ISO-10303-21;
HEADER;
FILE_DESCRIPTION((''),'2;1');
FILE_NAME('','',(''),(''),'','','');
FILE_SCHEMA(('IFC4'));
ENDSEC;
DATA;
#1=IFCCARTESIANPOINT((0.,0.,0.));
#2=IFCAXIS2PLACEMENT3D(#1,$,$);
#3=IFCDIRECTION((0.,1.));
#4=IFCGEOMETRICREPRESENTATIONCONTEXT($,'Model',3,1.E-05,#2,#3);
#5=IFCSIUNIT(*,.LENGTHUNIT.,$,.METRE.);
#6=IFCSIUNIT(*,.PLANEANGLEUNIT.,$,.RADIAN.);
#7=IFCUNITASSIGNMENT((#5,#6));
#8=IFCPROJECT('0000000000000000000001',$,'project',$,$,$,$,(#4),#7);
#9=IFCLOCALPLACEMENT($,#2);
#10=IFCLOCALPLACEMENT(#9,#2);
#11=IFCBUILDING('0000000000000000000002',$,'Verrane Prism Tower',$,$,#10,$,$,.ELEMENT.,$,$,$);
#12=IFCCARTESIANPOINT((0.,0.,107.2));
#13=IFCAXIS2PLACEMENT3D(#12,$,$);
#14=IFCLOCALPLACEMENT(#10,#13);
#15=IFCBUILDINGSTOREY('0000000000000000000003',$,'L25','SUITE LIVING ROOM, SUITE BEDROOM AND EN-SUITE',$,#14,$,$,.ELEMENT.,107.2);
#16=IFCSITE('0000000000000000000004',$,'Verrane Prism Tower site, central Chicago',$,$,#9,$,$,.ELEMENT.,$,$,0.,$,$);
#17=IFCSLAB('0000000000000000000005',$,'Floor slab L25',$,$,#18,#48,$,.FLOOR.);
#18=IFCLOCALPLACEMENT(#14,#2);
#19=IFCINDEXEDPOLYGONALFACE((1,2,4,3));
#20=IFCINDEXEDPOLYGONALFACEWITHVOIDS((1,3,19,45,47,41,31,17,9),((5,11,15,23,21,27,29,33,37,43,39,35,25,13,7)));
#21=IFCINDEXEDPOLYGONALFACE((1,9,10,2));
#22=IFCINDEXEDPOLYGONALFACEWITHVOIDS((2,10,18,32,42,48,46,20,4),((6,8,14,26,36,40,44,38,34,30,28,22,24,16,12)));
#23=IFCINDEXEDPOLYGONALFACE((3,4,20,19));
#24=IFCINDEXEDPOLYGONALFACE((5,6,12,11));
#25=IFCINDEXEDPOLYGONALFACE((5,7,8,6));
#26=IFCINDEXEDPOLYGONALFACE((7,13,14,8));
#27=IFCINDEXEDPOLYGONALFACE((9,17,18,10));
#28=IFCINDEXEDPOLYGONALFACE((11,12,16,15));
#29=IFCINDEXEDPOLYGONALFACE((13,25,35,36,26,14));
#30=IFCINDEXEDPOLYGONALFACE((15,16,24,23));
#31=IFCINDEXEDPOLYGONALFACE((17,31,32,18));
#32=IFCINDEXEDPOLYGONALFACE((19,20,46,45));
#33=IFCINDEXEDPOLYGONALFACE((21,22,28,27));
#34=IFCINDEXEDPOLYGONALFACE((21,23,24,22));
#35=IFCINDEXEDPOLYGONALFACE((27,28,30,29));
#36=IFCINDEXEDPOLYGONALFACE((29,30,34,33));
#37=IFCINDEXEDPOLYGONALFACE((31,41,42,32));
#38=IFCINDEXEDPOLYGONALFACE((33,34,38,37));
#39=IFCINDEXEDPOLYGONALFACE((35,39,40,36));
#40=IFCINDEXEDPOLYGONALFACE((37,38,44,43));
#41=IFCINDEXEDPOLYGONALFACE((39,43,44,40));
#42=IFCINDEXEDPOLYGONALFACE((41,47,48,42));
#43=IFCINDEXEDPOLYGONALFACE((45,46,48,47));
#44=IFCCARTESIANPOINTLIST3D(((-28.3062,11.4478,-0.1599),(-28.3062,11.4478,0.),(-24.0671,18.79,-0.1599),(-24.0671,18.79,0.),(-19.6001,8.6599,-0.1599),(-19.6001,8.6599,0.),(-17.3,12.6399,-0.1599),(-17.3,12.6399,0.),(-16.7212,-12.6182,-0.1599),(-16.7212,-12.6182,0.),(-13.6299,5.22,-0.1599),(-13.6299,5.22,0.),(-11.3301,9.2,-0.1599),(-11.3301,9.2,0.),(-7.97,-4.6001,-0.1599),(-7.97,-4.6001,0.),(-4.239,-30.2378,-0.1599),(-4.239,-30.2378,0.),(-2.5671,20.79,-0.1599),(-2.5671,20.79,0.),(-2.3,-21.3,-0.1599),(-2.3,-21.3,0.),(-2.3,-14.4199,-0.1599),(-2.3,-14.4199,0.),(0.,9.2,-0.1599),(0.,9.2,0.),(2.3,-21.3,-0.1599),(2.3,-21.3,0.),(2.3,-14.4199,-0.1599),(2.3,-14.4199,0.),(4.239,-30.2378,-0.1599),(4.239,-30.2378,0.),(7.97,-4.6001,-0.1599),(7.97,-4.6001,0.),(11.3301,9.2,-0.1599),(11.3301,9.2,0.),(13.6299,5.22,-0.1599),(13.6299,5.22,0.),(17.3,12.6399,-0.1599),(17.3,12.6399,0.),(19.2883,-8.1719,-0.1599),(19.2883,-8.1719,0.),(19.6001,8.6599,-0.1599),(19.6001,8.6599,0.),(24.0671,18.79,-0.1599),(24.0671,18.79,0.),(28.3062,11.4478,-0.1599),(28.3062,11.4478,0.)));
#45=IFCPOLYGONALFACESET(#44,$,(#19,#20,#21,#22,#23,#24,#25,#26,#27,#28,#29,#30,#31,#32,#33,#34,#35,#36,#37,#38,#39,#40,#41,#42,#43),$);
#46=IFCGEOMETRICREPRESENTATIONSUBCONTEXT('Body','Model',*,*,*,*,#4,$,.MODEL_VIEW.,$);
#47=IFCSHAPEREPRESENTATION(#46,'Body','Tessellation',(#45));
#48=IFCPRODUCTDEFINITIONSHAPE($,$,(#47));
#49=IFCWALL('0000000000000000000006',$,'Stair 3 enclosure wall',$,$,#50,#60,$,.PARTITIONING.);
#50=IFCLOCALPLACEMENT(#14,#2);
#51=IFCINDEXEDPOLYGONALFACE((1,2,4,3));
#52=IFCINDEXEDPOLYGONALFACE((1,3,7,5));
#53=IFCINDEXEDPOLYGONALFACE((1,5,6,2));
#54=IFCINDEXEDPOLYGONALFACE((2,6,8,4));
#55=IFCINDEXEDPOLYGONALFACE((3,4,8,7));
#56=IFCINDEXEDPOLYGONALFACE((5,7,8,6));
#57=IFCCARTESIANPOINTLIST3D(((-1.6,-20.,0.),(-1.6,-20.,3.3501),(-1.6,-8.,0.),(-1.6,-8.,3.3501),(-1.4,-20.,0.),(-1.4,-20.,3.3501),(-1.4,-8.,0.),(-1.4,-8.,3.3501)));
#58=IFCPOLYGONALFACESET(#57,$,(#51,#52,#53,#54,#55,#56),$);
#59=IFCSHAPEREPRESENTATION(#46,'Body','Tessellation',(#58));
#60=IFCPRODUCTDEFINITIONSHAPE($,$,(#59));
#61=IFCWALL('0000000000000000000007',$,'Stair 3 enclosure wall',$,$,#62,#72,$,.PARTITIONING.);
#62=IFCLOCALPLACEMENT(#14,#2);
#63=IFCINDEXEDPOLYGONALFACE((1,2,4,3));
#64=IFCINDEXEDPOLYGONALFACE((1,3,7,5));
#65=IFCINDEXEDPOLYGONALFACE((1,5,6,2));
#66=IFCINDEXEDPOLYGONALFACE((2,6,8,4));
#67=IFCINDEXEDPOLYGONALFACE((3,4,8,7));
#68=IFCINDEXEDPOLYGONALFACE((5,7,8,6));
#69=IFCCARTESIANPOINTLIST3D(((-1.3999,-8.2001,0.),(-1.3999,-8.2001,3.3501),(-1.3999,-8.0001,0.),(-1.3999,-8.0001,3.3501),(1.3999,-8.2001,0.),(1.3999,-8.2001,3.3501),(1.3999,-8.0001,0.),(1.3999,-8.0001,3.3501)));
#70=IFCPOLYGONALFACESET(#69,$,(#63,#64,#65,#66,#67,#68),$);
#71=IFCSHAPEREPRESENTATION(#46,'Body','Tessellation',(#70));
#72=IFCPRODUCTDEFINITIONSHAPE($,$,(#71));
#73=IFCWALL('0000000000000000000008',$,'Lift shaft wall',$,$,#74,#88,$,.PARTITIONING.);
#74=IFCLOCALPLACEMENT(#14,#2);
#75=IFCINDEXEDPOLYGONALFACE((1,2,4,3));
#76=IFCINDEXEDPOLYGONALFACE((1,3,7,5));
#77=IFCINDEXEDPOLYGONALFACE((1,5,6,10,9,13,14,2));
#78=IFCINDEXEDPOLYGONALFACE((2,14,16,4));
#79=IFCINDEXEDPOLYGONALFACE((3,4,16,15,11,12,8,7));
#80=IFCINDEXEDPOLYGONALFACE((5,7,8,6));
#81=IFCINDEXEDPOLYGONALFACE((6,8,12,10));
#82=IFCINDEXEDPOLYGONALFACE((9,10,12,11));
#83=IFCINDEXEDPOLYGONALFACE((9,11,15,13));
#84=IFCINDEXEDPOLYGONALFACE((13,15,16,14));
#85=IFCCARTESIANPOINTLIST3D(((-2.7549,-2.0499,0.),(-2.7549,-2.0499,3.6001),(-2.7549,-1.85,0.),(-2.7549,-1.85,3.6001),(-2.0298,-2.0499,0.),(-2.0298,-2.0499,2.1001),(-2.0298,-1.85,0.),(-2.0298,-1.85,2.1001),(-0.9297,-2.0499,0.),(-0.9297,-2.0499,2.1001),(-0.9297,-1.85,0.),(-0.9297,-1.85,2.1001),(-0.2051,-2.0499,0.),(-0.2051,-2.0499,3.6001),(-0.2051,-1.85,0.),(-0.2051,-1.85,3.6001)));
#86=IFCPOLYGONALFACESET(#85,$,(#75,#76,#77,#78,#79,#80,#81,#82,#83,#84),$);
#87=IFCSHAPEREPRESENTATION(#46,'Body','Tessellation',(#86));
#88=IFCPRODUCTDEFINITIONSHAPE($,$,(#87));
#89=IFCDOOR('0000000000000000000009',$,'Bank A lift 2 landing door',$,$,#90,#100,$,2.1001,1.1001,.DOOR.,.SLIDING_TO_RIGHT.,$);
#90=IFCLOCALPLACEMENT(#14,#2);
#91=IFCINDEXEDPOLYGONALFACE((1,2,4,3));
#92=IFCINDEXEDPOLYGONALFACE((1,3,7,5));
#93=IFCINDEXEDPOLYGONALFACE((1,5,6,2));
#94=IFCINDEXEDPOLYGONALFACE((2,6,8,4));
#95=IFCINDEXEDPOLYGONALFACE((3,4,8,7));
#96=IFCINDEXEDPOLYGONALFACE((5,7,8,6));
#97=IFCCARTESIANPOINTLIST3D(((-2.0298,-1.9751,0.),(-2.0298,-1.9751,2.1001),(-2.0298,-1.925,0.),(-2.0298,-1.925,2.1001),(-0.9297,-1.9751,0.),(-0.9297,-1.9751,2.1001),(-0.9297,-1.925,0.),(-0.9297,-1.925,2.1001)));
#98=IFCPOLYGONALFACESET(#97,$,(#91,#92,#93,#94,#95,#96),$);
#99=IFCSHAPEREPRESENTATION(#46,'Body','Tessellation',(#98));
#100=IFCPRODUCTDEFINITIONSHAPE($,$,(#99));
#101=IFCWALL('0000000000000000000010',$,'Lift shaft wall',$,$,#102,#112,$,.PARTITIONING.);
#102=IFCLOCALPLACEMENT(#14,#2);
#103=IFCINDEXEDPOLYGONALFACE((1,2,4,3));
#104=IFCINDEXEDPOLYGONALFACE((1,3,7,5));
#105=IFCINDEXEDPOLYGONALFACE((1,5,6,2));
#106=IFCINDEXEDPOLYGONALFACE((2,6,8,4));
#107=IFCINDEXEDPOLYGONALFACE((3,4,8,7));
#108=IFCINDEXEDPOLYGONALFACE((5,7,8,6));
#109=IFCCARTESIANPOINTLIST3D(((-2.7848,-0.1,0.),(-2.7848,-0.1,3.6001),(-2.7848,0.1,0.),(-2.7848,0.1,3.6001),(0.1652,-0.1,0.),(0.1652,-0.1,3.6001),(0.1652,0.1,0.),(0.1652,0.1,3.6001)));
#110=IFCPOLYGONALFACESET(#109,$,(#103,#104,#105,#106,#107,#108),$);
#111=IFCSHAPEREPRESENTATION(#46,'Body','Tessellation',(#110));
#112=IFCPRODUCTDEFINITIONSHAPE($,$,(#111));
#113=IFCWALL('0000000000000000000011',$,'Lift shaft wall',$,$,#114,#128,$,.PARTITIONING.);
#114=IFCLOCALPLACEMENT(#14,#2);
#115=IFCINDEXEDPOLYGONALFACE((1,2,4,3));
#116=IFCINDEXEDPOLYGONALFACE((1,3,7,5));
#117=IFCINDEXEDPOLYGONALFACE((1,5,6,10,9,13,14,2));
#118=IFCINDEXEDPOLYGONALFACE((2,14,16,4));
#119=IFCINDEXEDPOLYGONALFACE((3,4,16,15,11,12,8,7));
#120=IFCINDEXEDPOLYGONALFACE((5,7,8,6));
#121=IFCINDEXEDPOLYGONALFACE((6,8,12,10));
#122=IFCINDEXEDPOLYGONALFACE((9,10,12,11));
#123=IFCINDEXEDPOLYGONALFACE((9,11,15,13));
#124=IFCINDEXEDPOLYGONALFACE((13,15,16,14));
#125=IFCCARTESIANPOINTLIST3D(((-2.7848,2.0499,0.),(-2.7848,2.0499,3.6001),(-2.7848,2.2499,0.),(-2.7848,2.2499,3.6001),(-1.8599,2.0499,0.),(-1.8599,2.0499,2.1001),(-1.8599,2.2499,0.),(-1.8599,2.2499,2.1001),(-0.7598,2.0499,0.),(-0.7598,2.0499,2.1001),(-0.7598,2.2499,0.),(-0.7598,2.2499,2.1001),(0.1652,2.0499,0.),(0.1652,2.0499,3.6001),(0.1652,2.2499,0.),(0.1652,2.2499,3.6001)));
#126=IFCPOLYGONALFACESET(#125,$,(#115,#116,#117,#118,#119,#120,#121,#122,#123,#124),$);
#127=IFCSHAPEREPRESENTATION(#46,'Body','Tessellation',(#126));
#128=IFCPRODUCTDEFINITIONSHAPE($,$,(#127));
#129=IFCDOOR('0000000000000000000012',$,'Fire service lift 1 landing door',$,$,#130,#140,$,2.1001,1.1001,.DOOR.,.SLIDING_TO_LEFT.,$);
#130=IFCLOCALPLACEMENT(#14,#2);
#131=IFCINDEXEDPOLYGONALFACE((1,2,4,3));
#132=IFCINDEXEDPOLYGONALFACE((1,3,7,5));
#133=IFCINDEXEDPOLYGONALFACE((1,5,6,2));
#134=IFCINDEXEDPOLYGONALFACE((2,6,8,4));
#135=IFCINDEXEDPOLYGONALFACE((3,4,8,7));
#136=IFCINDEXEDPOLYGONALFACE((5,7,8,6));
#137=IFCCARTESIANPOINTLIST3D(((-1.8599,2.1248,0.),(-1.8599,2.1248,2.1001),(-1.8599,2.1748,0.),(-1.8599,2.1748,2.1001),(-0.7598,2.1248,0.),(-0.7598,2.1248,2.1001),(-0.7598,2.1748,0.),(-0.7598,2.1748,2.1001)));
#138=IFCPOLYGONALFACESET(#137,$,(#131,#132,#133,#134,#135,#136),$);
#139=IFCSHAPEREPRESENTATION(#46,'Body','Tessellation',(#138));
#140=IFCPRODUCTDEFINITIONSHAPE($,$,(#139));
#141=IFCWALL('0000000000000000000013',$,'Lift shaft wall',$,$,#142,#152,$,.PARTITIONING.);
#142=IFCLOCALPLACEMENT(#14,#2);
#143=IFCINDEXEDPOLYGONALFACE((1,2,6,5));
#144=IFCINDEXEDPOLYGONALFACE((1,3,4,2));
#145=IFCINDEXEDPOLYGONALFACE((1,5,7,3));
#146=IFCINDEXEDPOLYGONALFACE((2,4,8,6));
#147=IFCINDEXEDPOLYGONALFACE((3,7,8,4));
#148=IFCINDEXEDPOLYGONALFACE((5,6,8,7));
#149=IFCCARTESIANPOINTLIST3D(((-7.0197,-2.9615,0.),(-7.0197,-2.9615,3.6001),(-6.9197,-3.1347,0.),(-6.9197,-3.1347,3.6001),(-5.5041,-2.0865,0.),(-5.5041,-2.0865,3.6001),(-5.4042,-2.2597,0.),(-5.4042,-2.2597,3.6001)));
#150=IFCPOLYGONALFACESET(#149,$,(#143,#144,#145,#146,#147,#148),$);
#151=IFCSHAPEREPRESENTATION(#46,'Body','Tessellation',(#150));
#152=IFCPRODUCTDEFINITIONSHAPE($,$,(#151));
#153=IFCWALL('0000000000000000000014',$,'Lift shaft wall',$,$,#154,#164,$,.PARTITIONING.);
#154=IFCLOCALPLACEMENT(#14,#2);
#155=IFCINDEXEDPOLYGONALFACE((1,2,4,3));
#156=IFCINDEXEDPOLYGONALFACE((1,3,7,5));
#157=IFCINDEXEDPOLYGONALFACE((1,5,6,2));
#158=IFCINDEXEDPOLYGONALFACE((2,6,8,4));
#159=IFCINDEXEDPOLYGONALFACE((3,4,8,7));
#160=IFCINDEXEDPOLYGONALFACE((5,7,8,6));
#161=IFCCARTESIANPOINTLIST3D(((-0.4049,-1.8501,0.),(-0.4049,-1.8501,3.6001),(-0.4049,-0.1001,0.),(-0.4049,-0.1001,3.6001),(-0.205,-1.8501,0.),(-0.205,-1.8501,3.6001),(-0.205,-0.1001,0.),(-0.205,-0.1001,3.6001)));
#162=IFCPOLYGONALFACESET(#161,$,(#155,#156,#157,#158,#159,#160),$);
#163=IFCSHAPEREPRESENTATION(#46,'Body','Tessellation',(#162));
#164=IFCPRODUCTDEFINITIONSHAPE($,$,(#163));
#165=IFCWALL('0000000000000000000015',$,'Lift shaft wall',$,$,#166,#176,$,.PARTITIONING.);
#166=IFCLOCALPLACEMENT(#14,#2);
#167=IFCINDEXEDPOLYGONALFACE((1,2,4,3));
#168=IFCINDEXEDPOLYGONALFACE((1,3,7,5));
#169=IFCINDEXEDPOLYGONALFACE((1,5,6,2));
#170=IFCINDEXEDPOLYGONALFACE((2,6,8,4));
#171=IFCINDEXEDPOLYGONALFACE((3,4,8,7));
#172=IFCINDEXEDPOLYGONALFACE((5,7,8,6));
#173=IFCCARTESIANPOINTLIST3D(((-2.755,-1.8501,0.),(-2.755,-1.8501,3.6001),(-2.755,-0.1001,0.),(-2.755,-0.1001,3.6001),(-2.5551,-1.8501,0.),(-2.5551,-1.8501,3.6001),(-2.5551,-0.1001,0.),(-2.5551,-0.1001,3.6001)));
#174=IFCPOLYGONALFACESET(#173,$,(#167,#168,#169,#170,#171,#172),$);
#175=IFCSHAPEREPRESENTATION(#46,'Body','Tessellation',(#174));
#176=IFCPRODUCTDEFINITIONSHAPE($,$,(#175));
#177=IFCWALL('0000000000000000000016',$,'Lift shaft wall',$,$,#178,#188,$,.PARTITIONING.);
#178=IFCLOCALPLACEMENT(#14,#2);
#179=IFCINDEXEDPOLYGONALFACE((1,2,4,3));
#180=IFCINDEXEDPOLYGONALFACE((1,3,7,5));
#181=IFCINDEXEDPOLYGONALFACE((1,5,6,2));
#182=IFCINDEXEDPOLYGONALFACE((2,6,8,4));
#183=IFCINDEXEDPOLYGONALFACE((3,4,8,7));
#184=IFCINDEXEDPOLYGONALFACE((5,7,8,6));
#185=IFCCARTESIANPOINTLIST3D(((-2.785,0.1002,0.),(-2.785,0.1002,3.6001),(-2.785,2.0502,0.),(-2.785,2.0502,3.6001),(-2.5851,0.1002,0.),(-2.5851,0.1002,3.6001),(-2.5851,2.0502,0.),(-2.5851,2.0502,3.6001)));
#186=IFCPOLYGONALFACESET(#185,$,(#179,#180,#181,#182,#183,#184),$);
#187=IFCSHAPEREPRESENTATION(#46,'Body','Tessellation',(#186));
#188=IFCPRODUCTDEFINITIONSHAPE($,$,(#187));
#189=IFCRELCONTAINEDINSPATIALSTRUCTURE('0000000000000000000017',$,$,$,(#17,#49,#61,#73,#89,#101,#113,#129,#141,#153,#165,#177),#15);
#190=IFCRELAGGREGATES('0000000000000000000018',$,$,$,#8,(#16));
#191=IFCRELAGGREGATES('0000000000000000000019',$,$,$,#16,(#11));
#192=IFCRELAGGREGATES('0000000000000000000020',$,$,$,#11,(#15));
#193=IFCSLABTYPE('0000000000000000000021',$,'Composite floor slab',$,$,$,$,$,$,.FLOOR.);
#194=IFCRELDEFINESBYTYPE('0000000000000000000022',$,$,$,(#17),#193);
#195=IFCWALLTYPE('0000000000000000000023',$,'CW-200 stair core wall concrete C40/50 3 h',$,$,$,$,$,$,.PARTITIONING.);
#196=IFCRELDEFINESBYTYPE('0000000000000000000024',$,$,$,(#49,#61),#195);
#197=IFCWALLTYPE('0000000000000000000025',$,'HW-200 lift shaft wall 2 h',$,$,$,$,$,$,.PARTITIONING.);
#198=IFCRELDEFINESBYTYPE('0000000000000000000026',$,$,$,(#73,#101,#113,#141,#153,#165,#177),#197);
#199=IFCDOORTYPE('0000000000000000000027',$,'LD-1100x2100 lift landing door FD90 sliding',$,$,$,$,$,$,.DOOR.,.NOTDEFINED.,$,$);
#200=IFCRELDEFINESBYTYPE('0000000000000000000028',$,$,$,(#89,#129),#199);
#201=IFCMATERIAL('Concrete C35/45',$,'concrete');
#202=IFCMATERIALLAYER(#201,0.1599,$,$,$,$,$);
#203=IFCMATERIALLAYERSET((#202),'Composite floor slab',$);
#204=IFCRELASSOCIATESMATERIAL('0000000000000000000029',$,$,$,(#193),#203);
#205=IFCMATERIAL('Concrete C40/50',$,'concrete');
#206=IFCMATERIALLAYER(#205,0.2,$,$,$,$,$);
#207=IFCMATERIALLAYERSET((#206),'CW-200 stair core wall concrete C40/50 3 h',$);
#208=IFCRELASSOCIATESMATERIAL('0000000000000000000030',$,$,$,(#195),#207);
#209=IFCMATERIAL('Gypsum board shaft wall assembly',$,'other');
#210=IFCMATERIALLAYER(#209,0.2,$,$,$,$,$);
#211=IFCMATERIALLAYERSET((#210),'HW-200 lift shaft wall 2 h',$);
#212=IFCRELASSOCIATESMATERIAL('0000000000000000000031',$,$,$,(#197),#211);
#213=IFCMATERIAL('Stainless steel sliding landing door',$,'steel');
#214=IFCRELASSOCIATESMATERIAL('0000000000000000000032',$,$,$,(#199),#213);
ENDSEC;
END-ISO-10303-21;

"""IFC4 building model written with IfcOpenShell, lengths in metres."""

from ifc_helpers import new_model, si_unit, direction, frame, frame_2d, origin, place, context, subcontext, project, spatial, polyline, rectangle, outline, extrude, material, layer, layer_set, type_object, element, fill, save


model = new_model("IFC4")

# Units and contexts
model_context = context("Model", 3, precision=1e-05, world=origin(), true_north=direction((0.0, 1.0)))
body_context = subcontext(model_context, "Body", "Model", "MODEL_VIEW")
ifc_project = project(units=[si_unit("LENGTHUNIT", "METRE"), si_unit("PLANEANGLEUNIT", "RADIAN")], contexts=[model_context])

# Site, building, storey
site_placement = place(None, origin())
site = spatial("IfcSite", under=ifc_project, at=site_placement, Name="Verrane Prism Tower site, central Chicago", CompositionType="ELEMENT", RefElevation=0.0)
building_placement = place(site_placement, origin())
building = spatial("IfcBuilding", under=site, at=building_placement, Name="Verrane Prism Tower", CompositionType="ELEMENT")
storey_placement = place(building_placement, frame((0.0, 0.0, 107.2)))
storey = spatial("IfcBuildingStorey", under=building, at=storey_placement, Name="L25", Description="SUITE LIVING ROOM, SUITE BEDROOM AND EN-SUITE", CompositionType="ELEMENT", Elevation=107.2)

# Slab
ifc_material_1 = material(Name="Concrete C35/45", Category="concrete")
ifc_layer_1 = layer(ifc_material_1, 0.1599)
ifc_layer_set_1 = layer_set([ifc_layer_1], Name="Composite floor slab")
slab_type = type_object("IfcSlabType", Name="Composite floor slab", PredefinedType="FLOOR", material=ifc_layer_set_1)
slab_placement = place(storey_placement, frame((0.0, 0.0, -0.1599)))
element("IfcSlab", 1, at=slab_placement, inside=storey, type_object=slab_type, Name="Floor slab L25", PredefinedType="FLOOR", context=body_context, shape_type="SweptSolid", body=[
    extrude(outline(polyline([(19.2883, -8.1719), (4.239, -30.2378), (-4.239, -30.2378), (-16.7212, -12.6182), (-28.3062, 11.4478), (-24.0671, 18.79), (-2.5671, 20.79), (24.0671, 18.79), (28.3062, 11.4478), (19.2883, -8.1719)]), holes=[polyline([(19.6001, 8.6599), (17.3, 12.6399), (11.3301, 9.2), (0.0, 9.2), (-11.3301, 9.2), (-17.3, 12.6399), (-19.6001, 8.6599), (-13.6299, 5.22), (-7.97, -4.6001), (-2.3, -14.4199), (-2.3, -21.3), (2.3, -21.3), (2.3, -14.4199), (7.97, -4.6001), (13.6299, 5.22), (19.6001, 8.6599)])]), origin(), (0.0, 0.0, 1.0), 0.1599),
])

# Walls
ifc_material_2 = material(Name="Concrete C40/50", Category="concrete")
ifc_layer_2 = layer(ifc_material_2, 0.2)
ifc_layer_set_2 = layer_set([ifc_layer_2], Name="CW-200 stair core wall concrete C40/50 3 h")
wall_type_1 = type_object("IfcWallType", Name="CW-200 stair core wall concrete C40/50 3 h", PredefinedType="PARTITIONING", material=ifc_layer_set_2)
wall_1_placement = place(storey_placement, frame((-1.5, -8.0, 0.0), z_axis=(0.0, 0.0, 1.0), x_axis=(0.0, -1.0, 0.0)))
element("IfcWall", 2, at=wall_1_placement, inside=storey, type_object=wall_type_1, Name="Stair 3 enclosure wall", PredefinedType="PARTITIONING", context=body_context, shape_type="SweptSolid", body=[
    extrude(rectangle(XDim=12.0, YDim=0.2, at=frame_2d((6.0, 0.0))), origin(), (0.0, 0.0, 1.0), 3.3501),
])
wall_2_placement = place(storey_placement, frame((-1.3999, -8.1001, 0.0), z_axis=(0.0, 0.0, 1.0), x_axis=(1.0, 0.0, 0.0)))
element("IfcWall", 3, at=wall_2_placement, inside=storey, type_object=wall_type_1, Name="Stair 3 enclosure wall", PredefinedType="PARTITIONING", context=body_context, shape_type="SweptSolid", body=[
    extrude(rectangle(XDim=2.7998, YDim=0.2, at=frame_2d((1.3999, 0.0))), origin(), (0.0, 0.0, 1.0), 3.3501),
])

# Wall, opening, door
ifc_material_3 = material(Name="Gypsum board shaft wall assembly", Category="other")
ifc_layer_3 = layer(ifc_material_3, 0.2)
ifc_layer_set_3 = layer_set([ifc_layer_3], Name="HW-200 lift shaft wall 2 h")
wall_type_2 = type_object("IfcWallType", Name="HW-200 lift shaft wall 2 h", PredefinedType="PARTITIONING", material=ifc_layer_set_3)
wall_3_placement = place(storey_placement, frame((-2.7549, -1.95, 0.0), z_axis=(0.0, 0.0, 1.0), x_axis=(1.0, 0.0, 0.0)))
wall_3 = element("IfcWall", 4, at=wall_3_placement, inside=storey, type_object=wall_type_2, Name="Lift shaft wall", PredefinedType="PARTITIONING", context=body_context, shape_type="SweptSolid", body=[
    extrude(rectangle(XDim=2.5498, YDim=0.2, at=frame_2d((1.2749, 0.0))), origin(), (0.0, 0.0, 1.0), 3.6001),
])
opening_1_placement = place(wall_3_placement, frame((0.7251, 0.0, 0.0)))
opening_1 = element("IfcOpeningElement", 5, at=opening_1_placement, cuts=wall_3, PredefinedType="OPENING", context=body_context, shape_type="SweptSolid", body=[
    extrude(rectangle(XDim=1.1001, YDim=2.1001, at=frame_2d((0.55, 1.05))), frame((0.0, 0.1099, 0.0), z_axis=(0.0, -1.0, 0.0), x_axis=(1.0, 0.0, 0.0)), (0.0, 0.0, 1.0), 0.22),
])
ifc_material_4 = material(Name="Stainless steel sliding landing door", Category="steel")
door_type_1 = type_object("IfcDoorType", Name="LD-1100x2100 lift landing door FD90 sliding", OperationType="NOTDEFINED", PredefinedType="DOOR", material=ifc_material_4)
door_1_placement = place(opening_1_placement, origin())
door_1 = element("IfcDoor", 6, at=door_1_placement, inside=storey, type_object=door_type_1, Name="Bank A lift 2 landing door", OperationType="SLIDING_TO_RIGHT", OverallHeight=2.1001, OverallWidth=1.1001, PredefinedType="DOOR", context=body_context, shape_type="SweptSolid", body=[
    extrude(rectangle(XDim=1.1001, YDim=2.1001, at=frame_2d((0.55, 1.05))), frame((0.0, 0.0249, 0.0), z_axis=(0.0, -1.0, 0.0), x_axis=(1.0, 0.0, 0.0)), (0.0, 0.0, 1.0), 0.05),
])
fill(opening_1, door_1)

# Wall
wall_4_placement = place(storey_placement, frame((-2.7849, 0.0, 0.0), z_axis=(0.0, 0.0, 1.0), x_axis=(1.0, 0.0, 0.0)))
element("IfcWall", 7, at=wall_4_placement, inside=storey, type_object=wall_type_2, Name="Lift shaft wall", PredefinedType="PARTITIONING", context=body_context, shape_type="SweptSolid", body=[
    extrude(rectangle(XDim=2.95, YDim=0.2, at=frame_2d((1.4751, 0.0))), origin(), (0.0, 0.0, 1.0), 3.6001),
])

# Wall, opening, door
wall_5_placement = place(storey_placement, frame((-2.7849, 2.1499, 0.0), z_axis=(0.0, 0.0, 1.0), x_axis=(1.0, 0.0, 0.0)))
wall_5 = element("IfcWall", 8, at=wall_5_placement, inside=storey, type_object=wall_type_2, Name="Lift shaft wall", PredefinedType="PARTITIONING", context=body_context, shape_type="SweptSolid", body=[
    extrude(rectangle(XDim=2.95, YDim=0.2, at=frame_2d((1.4751, 0.0))), origin(), (0.0, 0.0, 1.0), 3.6001),
])
opening_2_placement = place(wall_5_placement, frame((0.925, 0.0, 0.0)))
opening_2 = element("IfcOpeningElement", 9, at=opening_2_placement, cuts=wall_5, PredefinedType="OPENING", context=body_context, shape_type="SweptSolid", body=[
    extrude(rectangle(XDim=1.1001, YDim=2.1001, at=frame_2d((0.55, 1.05))), frame((0.0, 0.1099, 0.0), z_axis=(0.0, -1.0, 0.0), x_axis=(1.0, 0.0, 0.0)), (0.0, 0.0, 1.0), 0.22),
])
door_2_placement = place(opening_2_placement, origin())
door_2 = element("IfcDoor", 10, at=door_2_placement, inside=storey, type_object=door_type_1, Name="Fire service lift 1 landing door", OperationType="SLIDING_TO_LEFT", OverallHeight=2.1001, OverallWidth=1.1001, PredefinedType="DOOR", context=body_context, shape_type="SweptSolid", body=[
    extrude(rectangle(XDim=1.1001, YDim=2.1001, at=frame_2d((0.55, 1.05))), frame((0.0, 0.0249, 0.0), z_axis=(0.0, -1.0, 0.0), x_axis=(1.0, 0.0, 0.0)), (0.0, 0.0, 1.0), 0.05),
])
fill(opening_2, door_2)

# Walls
for number, where, z_axis, x_axis, name in (
    (11, (-6.9697, -3.0481, 0.0), (0.0, 0.0, 1.0), (0.866037, 0.49998, 0.0), "Lift shaft wall"),
    (12, (-0.3049, -1.8501, 0.0), (0.0, 0.0, 1.0), (0.0, 1.0, 0.0), "Lift shaft wall"),
    (13, (-2.655, -1.8501, 0.0), (0.0, 0.0, 1.0), (0.0, 1.0, 0.0), "Lift shaft wall"),
):
    element("IfcWall", number, at=place(storey_placement, frame(where, z_axis=z_axis, x_axis=x_axis)), inside=storey, type_object=wall_type_2, Name=name, PredefinedType="PARTITIONING", context=body_context, shape_type="SweptSolid", body=[
        extrude(rectangle(XDim=1.75, YDim=0.2, at=frame_2d((0.875, 0.0))), origin(), (0.0, 0.0, 1.0), 3.6001),
    ])
wall_6_placement = place(storey_placement, frame((-2.6851, 0.1001, 0.0), z_axis=(0.0, 0.0, 1.0), x_axis=(0.0, 1.0, 0.0)))
element("IfcWall", 14, at=wall_6_placement, inside=storey, type_object=wall_type_2, Name="Lift shaft wall", PredefinedType="PARTITIONING", context=body_context, shape_type="SweptSolid", body=[
    extrude(rectangle(XDim=1.95, YDim=0.2, at=frame_2d((0.9751, 0.0))), origin(), (0.0, 0.0, 1.0), 3.6001),
])

save(model, "model.ifc")
